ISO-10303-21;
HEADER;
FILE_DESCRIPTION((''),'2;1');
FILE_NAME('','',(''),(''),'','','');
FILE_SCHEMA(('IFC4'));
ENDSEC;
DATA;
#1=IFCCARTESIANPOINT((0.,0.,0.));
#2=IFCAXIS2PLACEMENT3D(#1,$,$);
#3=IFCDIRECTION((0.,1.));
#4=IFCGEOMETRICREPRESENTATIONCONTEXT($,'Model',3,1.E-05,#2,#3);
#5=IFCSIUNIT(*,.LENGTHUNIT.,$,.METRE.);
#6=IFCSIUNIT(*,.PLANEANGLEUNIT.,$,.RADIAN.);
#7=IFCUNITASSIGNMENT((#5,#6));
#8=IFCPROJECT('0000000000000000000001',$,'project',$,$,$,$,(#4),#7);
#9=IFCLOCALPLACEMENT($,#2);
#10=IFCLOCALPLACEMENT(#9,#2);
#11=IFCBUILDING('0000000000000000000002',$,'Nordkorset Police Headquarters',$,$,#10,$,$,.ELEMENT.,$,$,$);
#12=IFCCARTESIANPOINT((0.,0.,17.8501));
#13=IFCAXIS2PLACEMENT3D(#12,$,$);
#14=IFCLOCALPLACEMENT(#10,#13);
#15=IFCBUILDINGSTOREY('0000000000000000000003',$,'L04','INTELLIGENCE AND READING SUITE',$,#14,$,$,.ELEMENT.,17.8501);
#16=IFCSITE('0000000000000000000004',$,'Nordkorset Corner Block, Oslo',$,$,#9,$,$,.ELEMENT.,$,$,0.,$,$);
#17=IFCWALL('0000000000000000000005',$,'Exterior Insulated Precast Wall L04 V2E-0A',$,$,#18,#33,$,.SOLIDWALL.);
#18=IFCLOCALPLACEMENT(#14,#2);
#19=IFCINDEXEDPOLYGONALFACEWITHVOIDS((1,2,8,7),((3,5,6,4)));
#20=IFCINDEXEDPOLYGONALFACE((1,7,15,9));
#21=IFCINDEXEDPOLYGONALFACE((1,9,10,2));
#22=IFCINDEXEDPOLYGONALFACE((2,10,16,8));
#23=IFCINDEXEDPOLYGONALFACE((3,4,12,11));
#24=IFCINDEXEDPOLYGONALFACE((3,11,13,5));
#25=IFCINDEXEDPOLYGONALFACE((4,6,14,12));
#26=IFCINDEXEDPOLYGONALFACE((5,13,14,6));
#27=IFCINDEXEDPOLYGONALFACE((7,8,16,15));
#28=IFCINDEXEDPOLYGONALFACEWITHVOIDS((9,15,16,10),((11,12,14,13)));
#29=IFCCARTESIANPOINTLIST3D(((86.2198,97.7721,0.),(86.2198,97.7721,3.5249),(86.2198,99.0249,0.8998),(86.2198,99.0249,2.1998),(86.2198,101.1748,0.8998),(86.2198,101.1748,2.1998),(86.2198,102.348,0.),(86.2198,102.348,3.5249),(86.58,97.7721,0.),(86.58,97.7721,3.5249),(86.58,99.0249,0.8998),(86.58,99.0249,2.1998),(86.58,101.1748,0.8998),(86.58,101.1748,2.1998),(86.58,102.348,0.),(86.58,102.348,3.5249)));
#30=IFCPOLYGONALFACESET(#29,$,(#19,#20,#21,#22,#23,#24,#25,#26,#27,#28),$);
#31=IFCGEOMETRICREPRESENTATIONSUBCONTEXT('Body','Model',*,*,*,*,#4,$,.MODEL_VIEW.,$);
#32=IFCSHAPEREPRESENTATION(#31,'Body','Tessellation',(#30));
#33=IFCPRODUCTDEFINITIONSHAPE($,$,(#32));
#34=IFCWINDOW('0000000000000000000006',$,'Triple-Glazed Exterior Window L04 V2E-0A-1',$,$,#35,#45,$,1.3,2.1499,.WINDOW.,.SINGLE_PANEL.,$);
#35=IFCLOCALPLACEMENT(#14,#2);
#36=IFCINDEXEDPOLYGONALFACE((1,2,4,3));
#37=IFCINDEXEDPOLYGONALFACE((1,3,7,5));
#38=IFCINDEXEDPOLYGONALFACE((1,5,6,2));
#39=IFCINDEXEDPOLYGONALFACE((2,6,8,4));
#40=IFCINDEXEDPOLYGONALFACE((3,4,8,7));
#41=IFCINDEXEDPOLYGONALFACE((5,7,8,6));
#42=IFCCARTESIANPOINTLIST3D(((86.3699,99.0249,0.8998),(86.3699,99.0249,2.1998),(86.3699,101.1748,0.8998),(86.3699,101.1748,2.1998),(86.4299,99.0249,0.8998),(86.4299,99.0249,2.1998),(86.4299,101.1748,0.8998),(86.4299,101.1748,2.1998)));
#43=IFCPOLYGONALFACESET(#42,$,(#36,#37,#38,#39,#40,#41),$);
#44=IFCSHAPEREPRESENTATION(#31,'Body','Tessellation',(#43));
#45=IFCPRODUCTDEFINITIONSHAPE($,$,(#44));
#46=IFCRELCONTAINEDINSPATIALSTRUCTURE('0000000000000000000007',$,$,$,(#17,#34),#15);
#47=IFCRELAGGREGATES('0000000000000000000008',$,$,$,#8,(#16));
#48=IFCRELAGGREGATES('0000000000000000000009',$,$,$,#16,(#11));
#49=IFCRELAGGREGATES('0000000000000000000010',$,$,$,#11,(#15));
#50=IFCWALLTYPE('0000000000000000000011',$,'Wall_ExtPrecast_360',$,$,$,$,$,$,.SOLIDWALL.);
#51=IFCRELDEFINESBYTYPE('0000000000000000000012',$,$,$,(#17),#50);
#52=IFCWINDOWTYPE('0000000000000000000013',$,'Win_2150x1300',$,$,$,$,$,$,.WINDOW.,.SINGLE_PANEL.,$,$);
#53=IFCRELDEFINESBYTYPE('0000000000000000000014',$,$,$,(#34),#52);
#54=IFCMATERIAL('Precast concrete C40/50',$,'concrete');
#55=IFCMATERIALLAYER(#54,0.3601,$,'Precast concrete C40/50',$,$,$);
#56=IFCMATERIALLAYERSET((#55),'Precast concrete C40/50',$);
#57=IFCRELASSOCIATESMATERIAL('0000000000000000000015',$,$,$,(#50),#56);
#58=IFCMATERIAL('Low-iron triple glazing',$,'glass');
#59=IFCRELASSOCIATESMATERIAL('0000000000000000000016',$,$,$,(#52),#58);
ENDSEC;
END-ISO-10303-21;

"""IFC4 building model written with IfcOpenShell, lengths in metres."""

from ifc_helpers import new_model, si_unit, direction, frame, frame_2d, origin, place, context, subcontext, project, spatial, rectangle, extrude, material, layer, layer_set, type_object, element, fill, save


model = new_model("IFC4")

# Units and contexts
model_context = context("Model", 3, precision=1e-05, world=origin(), true_north=direction((0.0, 1.0)))
body_context = subcontext(model_context, "Body", "Model", "MODEL_VIEW")
ifc_project = project(units=[si_unit("LENGTHUNIT", "METRE"), si_unit("PLANEANGLEUNIT", "RADIAN")], contexts=[model_context])

# Site, building, storey
site_placement = place(None, origin())
site = spatial("IfcSite", under=ifc_project, at=site_placement, Name="Nordkorset Corner Block, Oslo", CompositionType="ELEMENT", RefElevation=0.0)
building_placement = place(site_placement, origin())
building = spatial("IfcBuilding", under=site, at=building_placement, Name="Nordkorset Police Headquarters", CompositionType="ELEMENT")
storey_placement = place(building_placement, frame((0.0, 0.0, 17.8501)))
storey = spatial("IfcBuildingStorey", under=building, at=storey_placement, Name="L04", Description="INTELLIGENCE AND READING SUITE", CompositionType="ELEMENT", Elevation=17.8501)

# Shared definitions
ifc_material_1 = material(Name="Precast concrete C40/50", Category="concrete")
ifc_layer_1 = layer(ifc_material_1, 0.3601, Name="Precast concrete C40/50")
ifc_layer_set_1 = layer_set([ifc_layer_1], Name="Precast concrete C40/50")
wall_type = type_object("IfcWallType", Name="Wall_ExtPrecast_360", PredefinedType="SOLIDWALL", material=ifc_layer_set_1)

# Wall, opening, window
wall_1_placement = place(storey_placement, frame((86.3999, 97.772, 0.0), z_axis=(0.0, 0.0, 1.0), x_axis=(0.0, 1.0, 0.0)))
wall_1 = element("IfcWall", 1, at=wall_1_placement, inside=storey, type_object=wall_type, Name="Exterior Insulated Precast Wall L04 V2E-0A", PredefinedType="SOLIDWALL", context=body_context, shape_type="SweptSolid", body=[
    extrude(rectangle(XDim=4.5759, YDim=0.3601, at=frame_2d((2.2881, 0.0))), origin(), (0.0, 0.0, 1.0), 3.5249),
])
opening_1_placement = place(wall_1_placement, frame((1.2529, 0.0, 0.8999)))
opening_1 = element("IfcOpeningElement", 2, at=opening_1_placement, cuts=wall_1, PredefinedType="OPENING", context=body_context, shape_type="SweptSolid", body=[
    extrude(rectangle(XDim=2.1499, YDim=1.3, at=frame_2d((1.075, 0.6499))), frame((0.0, 0.1899, 0.0), z_axis=(0.0, -1.0, 0.0), x_axis=(1.0, 0.0, 0.0)), (0.0, 0.0, 1.0), 0.3801),
])
ifc_material_2 = material(Name="Low-iron triple glazing", Category="glass")
window_type_1 = type_object("IfcWindowType", Name="Win_2150x1300", PartitioningType="SINGLE_PANEL", PredefinedType="WINDOW", material=ifc_material_2)
window_1_placement = place(opening_1_placement, origin())
window_1 = element("IfcWindow", 3, at=window_1_placement, inside=storey, type_object=window_type_1, Name="Triple-Glazed Exterior Window L04 V2E-0A-1", OverallHeight=1.3, OverallWidth=2.1499, PartitioningType="SINGLE_PANEL", PredefinedType="WINDOW", context=body_context, shape_type="SweptSolid", body=[
    extrude(rectangle(XDim=2.1499, YDim=1.3, at=frame_2d((1.075, 0.6499))), frame((0.0, 0.03, 0.0), z_axis=(0.0, -1.0, 0.0), x_axis=(1.0, 0.0, 0.0)), (0.0, 0.0, 1.0), 0.0601),
])
fill(opening_1, window_1)

save(model, "model.ifc")
